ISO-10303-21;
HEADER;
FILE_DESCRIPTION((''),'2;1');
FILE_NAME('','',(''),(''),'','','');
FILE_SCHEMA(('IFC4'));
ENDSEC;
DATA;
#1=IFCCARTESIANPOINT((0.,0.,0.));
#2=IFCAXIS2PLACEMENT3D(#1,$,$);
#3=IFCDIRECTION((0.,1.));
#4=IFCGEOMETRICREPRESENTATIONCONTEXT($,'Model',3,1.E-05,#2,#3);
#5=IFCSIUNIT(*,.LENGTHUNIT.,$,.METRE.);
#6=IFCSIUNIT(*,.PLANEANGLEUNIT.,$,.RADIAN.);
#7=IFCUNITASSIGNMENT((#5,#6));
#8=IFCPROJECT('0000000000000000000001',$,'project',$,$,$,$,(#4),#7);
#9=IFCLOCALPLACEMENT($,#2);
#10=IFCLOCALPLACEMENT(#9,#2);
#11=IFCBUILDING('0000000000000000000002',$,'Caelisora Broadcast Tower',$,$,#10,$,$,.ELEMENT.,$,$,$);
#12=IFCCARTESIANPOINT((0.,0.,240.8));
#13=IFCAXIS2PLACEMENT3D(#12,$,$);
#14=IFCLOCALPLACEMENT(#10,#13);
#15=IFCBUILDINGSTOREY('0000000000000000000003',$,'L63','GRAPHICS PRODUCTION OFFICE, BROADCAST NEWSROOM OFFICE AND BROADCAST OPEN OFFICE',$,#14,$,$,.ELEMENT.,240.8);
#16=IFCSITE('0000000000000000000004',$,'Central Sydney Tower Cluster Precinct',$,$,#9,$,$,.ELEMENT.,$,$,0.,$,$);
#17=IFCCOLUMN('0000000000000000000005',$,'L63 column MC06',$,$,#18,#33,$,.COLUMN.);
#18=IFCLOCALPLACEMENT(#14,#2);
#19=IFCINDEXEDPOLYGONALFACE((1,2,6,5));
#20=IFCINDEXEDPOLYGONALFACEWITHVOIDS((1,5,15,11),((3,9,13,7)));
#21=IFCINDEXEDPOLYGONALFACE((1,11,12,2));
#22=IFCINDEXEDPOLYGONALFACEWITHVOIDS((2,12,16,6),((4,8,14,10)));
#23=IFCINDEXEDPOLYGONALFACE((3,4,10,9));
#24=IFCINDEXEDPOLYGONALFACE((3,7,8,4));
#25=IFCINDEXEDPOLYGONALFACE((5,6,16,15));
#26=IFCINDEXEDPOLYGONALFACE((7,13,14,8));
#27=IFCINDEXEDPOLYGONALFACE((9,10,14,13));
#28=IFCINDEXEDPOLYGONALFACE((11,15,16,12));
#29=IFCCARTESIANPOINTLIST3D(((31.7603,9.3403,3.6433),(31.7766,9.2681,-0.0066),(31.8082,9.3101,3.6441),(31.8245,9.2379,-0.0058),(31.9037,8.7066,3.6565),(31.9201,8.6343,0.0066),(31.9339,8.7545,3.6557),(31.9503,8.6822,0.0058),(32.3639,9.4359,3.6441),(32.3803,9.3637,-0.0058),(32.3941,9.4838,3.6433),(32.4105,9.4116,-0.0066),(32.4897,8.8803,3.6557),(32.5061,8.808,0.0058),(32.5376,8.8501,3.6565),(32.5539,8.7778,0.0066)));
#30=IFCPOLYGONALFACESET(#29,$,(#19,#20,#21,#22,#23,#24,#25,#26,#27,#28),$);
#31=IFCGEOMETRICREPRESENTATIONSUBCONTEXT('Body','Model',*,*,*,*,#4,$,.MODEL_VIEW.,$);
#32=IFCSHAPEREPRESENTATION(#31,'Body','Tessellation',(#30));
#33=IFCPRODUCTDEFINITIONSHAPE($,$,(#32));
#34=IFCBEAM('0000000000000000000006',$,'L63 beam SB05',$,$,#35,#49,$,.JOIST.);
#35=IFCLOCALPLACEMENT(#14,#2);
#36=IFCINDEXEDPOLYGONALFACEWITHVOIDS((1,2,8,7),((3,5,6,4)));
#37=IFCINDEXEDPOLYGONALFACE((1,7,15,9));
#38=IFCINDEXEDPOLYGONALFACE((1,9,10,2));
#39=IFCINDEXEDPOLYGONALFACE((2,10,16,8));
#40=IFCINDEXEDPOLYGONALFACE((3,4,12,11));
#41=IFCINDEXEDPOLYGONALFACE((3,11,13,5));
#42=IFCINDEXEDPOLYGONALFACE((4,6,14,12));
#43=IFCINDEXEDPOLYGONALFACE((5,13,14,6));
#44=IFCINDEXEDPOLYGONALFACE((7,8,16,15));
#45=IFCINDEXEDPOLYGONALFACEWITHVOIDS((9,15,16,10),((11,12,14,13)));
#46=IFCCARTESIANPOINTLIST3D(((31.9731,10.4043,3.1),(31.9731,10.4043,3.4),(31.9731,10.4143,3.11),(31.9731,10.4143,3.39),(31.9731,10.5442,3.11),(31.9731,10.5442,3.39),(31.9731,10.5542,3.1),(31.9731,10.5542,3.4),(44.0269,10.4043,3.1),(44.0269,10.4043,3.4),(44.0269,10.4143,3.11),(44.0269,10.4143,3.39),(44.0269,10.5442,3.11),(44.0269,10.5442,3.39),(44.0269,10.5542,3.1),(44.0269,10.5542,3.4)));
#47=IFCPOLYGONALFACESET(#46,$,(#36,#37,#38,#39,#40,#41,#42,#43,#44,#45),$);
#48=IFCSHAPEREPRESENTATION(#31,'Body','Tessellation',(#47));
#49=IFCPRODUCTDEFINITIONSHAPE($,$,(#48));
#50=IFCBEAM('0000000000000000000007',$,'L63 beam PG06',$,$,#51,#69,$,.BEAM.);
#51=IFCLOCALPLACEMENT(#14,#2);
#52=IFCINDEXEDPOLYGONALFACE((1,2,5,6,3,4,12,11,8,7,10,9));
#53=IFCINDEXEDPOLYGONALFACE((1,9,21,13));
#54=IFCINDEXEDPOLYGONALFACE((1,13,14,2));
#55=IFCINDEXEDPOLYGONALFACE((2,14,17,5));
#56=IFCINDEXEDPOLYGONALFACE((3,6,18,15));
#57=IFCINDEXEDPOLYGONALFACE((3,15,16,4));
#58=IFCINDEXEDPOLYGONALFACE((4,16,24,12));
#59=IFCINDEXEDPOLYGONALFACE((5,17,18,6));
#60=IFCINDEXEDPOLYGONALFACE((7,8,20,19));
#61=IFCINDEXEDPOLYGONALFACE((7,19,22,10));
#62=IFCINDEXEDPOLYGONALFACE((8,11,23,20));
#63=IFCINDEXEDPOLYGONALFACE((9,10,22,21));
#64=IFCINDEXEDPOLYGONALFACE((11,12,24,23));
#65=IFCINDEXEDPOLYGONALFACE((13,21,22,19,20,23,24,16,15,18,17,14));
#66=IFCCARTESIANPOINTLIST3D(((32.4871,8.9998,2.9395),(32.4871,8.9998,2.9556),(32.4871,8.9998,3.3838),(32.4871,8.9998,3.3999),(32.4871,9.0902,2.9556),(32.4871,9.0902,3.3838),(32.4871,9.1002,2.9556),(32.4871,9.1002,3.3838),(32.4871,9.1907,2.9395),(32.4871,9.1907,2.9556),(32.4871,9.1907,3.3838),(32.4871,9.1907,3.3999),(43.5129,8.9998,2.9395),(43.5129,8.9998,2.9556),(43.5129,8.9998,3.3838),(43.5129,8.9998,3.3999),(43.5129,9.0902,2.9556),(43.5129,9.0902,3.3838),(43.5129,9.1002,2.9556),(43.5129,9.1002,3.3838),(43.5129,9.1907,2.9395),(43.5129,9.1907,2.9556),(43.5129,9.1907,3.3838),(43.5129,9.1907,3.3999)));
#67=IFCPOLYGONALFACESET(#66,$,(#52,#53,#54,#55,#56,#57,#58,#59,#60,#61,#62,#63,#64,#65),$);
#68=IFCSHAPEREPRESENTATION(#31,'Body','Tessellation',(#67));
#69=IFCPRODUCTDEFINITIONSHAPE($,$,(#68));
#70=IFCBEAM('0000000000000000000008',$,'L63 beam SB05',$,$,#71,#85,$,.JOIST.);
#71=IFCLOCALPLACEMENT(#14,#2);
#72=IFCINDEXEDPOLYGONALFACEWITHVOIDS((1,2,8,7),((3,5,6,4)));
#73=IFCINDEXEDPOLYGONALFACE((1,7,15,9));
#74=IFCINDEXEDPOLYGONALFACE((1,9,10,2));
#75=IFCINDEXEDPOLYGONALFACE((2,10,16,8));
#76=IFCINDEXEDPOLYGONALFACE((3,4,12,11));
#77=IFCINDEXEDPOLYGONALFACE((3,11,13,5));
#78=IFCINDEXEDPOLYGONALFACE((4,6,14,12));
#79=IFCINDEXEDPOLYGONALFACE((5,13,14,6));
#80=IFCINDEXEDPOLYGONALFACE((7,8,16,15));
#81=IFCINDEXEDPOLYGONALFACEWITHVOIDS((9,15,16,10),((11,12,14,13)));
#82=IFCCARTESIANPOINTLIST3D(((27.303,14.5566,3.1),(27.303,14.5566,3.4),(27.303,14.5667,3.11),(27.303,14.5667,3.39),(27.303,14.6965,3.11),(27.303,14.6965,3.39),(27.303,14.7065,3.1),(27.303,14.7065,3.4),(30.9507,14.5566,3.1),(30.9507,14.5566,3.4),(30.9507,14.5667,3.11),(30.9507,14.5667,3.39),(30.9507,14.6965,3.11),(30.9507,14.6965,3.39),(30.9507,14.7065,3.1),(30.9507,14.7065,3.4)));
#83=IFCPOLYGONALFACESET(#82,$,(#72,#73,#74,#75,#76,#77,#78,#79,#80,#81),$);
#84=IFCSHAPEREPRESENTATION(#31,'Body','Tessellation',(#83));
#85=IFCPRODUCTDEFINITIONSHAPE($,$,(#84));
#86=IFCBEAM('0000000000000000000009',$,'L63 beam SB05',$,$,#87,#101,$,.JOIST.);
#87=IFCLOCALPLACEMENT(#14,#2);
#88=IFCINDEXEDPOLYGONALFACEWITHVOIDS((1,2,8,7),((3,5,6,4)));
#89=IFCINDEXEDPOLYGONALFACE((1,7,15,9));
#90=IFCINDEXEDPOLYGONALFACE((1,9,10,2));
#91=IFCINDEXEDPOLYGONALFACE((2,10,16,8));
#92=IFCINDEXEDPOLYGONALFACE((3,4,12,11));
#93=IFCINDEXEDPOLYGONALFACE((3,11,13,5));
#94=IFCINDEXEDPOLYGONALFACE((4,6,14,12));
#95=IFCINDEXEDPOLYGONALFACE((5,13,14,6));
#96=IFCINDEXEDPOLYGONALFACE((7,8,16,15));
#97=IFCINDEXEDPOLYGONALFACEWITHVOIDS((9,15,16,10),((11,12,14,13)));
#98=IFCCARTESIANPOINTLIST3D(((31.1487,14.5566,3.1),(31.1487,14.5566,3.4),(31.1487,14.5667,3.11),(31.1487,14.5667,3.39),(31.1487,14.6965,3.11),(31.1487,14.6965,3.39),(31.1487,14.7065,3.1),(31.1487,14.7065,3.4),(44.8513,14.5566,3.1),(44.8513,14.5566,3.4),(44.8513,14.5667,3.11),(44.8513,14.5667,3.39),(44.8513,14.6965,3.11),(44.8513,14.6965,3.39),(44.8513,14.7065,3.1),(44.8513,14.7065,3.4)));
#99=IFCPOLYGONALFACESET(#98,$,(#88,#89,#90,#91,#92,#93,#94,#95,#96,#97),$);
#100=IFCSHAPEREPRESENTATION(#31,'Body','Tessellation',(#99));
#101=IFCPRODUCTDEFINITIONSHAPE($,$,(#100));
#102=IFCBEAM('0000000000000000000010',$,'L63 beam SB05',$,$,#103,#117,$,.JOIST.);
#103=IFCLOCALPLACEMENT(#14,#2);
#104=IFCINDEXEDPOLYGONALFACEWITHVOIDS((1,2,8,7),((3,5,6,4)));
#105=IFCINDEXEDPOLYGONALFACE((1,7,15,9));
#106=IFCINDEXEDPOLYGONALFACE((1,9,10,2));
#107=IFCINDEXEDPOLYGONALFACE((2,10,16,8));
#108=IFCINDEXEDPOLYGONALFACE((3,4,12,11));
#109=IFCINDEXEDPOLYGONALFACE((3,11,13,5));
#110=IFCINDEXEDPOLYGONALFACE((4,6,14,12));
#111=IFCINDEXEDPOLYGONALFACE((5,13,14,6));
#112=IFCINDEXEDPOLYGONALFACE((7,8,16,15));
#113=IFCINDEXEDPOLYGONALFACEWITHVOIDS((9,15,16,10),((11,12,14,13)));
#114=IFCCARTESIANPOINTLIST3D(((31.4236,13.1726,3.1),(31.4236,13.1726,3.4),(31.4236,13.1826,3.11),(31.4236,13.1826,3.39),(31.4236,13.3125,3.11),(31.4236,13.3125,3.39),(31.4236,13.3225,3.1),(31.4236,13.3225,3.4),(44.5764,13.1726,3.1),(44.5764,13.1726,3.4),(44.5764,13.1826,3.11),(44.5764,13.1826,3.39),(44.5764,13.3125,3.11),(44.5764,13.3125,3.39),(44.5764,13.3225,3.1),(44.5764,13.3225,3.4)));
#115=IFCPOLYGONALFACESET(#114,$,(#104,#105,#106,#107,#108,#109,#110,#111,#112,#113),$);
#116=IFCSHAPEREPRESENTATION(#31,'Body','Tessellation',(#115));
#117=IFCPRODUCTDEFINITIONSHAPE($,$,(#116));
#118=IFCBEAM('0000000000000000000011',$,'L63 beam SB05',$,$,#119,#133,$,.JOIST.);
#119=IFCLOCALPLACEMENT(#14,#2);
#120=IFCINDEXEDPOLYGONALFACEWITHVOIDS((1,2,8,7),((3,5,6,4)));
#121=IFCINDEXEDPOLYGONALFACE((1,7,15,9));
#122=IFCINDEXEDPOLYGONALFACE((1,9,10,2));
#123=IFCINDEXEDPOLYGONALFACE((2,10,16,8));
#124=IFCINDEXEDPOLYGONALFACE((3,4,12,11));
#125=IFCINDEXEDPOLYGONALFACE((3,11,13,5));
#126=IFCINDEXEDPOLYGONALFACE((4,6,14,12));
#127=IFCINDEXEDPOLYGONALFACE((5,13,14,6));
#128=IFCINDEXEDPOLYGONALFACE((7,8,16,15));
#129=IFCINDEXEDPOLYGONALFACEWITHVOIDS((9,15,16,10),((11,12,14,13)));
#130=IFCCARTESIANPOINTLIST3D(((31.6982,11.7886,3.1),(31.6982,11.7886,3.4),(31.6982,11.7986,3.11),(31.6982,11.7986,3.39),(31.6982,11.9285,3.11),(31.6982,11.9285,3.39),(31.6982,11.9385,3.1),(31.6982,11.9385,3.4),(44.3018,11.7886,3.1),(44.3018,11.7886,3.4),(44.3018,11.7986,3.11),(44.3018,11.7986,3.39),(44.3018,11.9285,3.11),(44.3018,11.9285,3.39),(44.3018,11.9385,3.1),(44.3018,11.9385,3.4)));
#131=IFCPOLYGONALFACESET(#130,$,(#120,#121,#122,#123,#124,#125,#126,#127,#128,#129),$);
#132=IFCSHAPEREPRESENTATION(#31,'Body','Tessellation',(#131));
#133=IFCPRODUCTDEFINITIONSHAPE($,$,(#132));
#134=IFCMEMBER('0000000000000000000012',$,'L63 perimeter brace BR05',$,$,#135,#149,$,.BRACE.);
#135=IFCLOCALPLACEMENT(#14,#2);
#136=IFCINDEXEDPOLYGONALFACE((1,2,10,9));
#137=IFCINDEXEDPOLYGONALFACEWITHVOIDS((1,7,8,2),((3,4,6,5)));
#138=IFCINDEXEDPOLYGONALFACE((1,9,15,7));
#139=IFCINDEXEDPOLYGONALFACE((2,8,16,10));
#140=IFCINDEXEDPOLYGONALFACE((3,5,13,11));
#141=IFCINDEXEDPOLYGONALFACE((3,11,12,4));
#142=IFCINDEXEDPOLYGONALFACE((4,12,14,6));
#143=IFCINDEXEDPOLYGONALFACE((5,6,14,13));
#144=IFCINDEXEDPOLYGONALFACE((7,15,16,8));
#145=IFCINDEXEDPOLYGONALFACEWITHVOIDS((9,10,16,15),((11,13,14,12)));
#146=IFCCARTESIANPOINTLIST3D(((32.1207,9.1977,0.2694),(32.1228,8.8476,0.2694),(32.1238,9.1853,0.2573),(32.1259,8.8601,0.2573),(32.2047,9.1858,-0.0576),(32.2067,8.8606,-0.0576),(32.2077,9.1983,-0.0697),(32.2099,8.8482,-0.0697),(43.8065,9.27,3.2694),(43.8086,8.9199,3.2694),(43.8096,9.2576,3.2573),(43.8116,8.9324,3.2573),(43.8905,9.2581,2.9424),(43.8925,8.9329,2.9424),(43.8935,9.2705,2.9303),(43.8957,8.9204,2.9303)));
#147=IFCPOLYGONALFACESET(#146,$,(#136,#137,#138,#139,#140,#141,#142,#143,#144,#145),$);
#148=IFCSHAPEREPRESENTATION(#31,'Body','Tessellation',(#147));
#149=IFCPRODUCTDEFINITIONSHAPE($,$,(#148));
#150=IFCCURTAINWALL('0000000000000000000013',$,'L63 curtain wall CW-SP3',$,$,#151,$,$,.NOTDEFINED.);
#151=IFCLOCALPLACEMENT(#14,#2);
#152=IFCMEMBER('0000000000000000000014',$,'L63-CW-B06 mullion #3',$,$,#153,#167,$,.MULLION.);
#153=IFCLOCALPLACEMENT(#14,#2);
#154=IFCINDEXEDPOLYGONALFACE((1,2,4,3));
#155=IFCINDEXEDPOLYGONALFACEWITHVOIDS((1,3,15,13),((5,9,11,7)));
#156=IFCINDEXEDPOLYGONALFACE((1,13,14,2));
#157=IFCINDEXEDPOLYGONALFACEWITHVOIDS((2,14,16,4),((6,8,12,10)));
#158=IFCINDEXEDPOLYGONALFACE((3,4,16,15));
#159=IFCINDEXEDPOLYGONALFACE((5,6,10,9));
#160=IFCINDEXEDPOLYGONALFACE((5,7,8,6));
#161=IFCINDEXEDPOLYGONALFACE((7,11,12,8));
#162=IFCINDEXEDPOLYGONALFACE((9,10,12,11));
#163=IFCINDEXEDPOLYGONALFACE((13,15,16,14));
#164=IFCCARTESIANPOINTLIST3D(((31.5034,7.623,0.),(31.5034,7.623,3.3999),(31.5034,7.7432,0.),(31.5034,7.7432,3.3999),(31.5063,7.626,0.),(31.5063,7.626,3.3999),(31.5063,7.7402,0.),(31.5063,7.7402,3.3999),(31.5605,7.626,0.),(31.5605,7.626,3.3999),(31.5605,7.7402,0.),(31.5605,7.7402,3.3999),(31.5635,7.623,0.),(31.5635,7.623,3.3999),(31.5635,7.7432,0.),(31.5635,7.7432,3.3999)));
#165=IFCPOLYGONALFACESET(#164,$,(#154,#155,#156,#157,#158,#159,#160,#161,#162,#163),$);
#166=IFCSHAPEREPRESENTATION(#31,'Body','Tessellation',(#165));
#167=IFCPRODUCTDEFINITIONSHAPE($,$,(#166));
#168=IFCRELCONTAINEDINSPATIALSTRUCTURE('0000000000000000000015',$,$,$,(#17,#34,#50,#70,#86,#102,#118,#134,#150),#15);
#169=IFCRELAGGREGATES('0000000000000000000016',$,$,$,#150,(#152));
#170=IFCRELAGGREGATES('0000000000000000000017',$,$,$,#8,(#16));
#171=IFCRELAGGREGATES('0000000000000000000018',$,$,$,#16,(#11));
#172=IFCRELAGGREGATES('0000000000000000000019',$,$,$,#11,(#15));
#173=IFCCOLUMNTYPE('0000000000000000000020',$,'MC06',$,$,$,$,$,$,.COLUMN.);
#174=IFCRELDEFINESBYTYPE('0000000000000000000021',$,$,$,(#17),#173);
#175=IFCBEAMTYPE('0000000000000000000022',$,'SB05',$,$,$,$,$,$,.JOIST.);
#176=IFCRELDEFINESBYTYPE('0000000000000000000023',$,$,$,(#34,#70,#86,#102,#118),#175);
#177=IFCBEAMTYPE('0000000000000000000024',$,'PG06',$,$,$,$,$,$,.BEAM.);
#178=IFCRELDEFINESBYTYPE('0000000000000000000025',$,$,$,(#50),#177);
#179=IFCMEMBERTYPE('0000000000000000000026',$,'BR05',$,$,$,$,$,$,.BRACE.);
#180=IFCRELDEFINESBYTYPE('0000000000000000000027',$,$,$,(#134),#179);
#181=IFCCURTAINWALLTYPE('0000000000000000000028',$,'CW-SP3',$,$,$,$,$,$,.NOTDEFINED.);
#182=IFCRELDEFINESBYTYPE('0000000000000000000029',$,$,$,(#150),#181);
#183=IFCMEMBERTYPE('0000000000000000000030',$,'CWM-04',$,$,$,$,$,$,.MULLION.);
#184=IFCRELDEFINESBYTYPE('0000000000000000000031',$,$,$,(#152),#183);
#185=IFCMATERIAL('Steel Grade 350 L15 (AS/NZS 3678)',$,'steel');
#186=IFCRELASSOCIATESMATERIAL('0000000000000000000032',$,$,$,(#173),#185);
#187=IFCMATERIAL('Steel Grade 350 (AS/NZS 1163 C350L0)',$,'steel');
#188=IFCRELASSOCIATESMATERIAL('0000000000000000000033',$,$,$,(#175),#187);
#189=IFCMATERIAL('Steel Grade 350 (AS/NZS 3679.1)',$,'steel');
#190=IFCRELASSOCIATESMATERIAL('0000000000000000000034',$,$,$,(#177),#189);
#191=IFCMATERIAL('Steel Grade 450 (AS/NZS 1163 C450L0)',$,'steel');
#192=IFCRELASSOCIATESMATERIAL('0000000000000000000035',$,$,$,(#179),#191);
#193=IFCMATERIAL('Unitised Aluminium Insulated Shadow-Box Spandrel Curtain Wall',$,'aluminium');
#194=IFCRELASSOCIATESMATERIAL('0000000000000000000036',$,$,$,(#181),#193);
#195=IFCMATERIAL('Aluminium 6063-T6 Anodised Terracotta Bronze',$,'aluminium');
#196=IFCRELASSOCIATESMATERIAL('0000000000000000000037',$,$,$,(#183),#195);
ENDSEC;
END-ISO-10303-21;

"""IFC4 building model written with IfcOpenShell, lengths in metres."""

from ifc_helpers import new_model, si_unit, direction, frame, origin, origin_2d, place, context, subcontext, project, spatial, hollow_rectangle, i_section, extrude, source, transform, mapped, material, material_profile, profile_set, type_object, type_shapes, element, aggregate, save


model = new_model("IFC4")

# Units and contexts
model_context = context("Model", 3, precision=1e-05, world=origin(), true_north=direction((0.0, 1.0)))
body_context = subcontext(model_context, "Body", "Model", "MODEL_VIEW")
ifc_project = project(units=[si_unit("LENGTHUNIT", "METRE"), si_unit("PLANEANGLEUNIT", "RADIAN")], contexts=[model_context])

# Site, building, storey
site_placement = place(None, origin())
site = spatial("IfcSite", under=ifc_project, at=site_placement, Name="Central Sydney Tower Cluster Precinct", CompositionType="ELEMENT", RefElevation=0.0)
building_placement = place(site_placement, origin())
building = spatial("IfcBuilding", under=site, at=building_placement, Name="Caelisora Broadcast Tower", CompositionType="ELEMENT")
storey_placement = place(building_placement, frame((0.0, 0.0, 240.8)))
storey = spatial("IfcBuildingStorey", under=building, at=storey_placement, Name="L63", Description="GRAPHICS PRODUCTION OFFICE, BROADCAST NEWSROOM OFFICE AND BROADCAST OPEN OFFICE", CompositionType="ELEMENT", Elevation=240.8)

# Column
ifc_material_1 = material(Name="Steel Grade 350 L15 (AS/NZS 3678)", Category="steel")
ifc_material_profile_1 = material_profile(ifc_material_1, hollow_rectangle(XDim=0.6499, YDim=0.6499, WallThickness=0.04, at=origin_2d()), Name="Steel Grade 350 L15 (AS/NZS 3678)")
ifc_profile_set_1 = profile_set([ifc_material_profile_1], Name="Steel Grade 350 L15 (AS/NZS 3678)")
column_type = type_object("IfcColumnType", Name="MC06", PredefinedType="COLUMN", material=ifc_profile_set_1)
shared_shape_1 = source(origin(), body_context, "Body", "SweptSolid", [
    extrude(hollow_rectangle(XDim=0.6499, YDim=0.6499, WallThickness=0.04, at=origin_2d()), origin(), (0.0, 0.0, 1.0), 3.6506),
])
type_shapes(column_type, [shared_shape_1])
column_placement = place(storey_placement, frame((32.1653, 9.0229, 0.0), z_axis=(-0.004481, 0.019795, 0.999794), x_axis=(-0.975327, -0.220767, 0.0)))
element("IfcColumn", 1, at=column_placement, inside=storey, type_object=column_type, Name="L63 column MC06", PredefinedType="COLUMN", context=body_context, shape_type="MappedRepresentation", body=[
    mapped(shared_shape_1, transform((0.0, 0.0, 0.0), scale=1.0)),
])

# Beams
ifc_material_2 = material(Name="Steel Grade 350 (AS/NZS 1163 C350L0)", Category="steel")
ifc_material_profile_2 = material_profile(ifc_material_2, hollow_rectangle(XDim=0.1499, YDim=0.3, WallThickness=0.01, at=origin_2d()), Name="Steel Grade 350 (AS/NZS 1163 C350L0)")
ifc_profile_set_2 = profile_set([ifc_material_profile_2], Name="Steel Grade 350 (AS/NZS 1163 C350L0)")
beam_type_1 = type_object("IfcBeamType", Name="SB05", PredefinedType="JOIST", material=ifc_profile_set_2)
shared_shape_2 = source(origin(), body_context, "Body", "SweptSolid", [
    extrude(hollow_rectangle(XDim=0.1499, YDim=0.3, WallThickness=0.01, at=origin_2d()), origin(), (0.0, 0.0, 1.0), 12.0537),
])
beam_1_placement = place(storey_placement, frame((31.9731, 10.4792, 3.25), z_axis=(1.0, 0.0, 0.0), x_axis=(0.0, 1.0, 0.0)))
element("IfcBeam", 2, at=beam_1_placement, inside=storey, type_object=beam_type_1, Name="L63 beam SB05", PredefinedType="JOIST", context=body_context, shape_type="MappedRepresentation", body=[
    mapped(shared_shape_2, transform((0.0, 0.0, 0.0), scale=1.0)),
])
ifc_material_3 = material(Name="Steel Grade 350 (AS/NZS 3679.1)", Category="steel")
ifc_material_profile_3 = material_profile(ifc_material_3, i_section(OverallWidth=0.1909, OverallDepth=0.4604, WebThickness=0.01, FlangeThickness=0.0161, at=origin_2d()), Name="Steel Grade 350 (AS/NZS 3679.1)")
ifc_profile_set_3 = profile_set([ifc_material_profile_3], Name="Steel Grade 350 (AS/NZS 3679.1)")
beam_type_2 = type_object("IfcBeamType", Name="PG06", PredefinedType="BEAM", material=ifc_profile_set_3)
shared_shape_3 = source(origin(), body_context, "Body", "SweptSolid", [
    extrude(i_section(OverallWidth=0.1909, OverallDepth=0.4604, WebThickness=0.01, FlangeThickness=0.0161, at=origin_2d()), origin(), (0.0, 0.0, 1.0), 11.0259),
])
type_shapes(beam_type_2, [shared_shape_3])
beam_2_placement = place(storey_placement, frame((32.4871, 9.0952, 3.1697), z_axis=(1.0, 0.0, 0.0), x_axis=(0.0, 1.0, 0.0)))
element("IfcBeam", 3, at=beam_2_placement, inside=storey, type_object=beam_type_2, Name="L63 beam PG06", PredefinedType="BEAM", context=body_context, shape_type="MappedRepresentation", body=[
    mapped(shared_shape_3, transform((0.0, 0.0, 0.0), scale=1.0)),
])
shared_shape_4 = source(origin(), body_context, "Body", "SweptSolid", [
    extrude(hollow_rectangle(XDim=0.1499, YDim=0.3, WallThickness=0.01, at=origin_2d()), origin(), (0.0, 0.0, 1.0), 3.6477),
])
beam_3_placement = place(storey_placement, frame((27.303, 14.6316, 3.25), z_axis=(1.0, 0.0, 0.0), x_axis=(0.0, 1.0, 0.0)))
element("IfcBeam", 4, at=beam_3_placement, inside=storey, type_object=beam_type_1, Name="L63 beam SB05", PredefinedType="JOIST", context=body_context, shape_type="MappedRepresentation", body=[
    mapped(shared_shape_4, transform((0.0, 0.0, 0.0), scale=1.0)),
])
shared_shape_5 = source(origin(), body_context, "Body", "SweptSolid", [
    extrude(hollow_rectangle(XDim=0.1499, YDim=0.3, WallThickness=0.01, at=origin_2d()), origin(), (0.0, 0.0, 1.0), 13.7026),
])
beam_4_placement = place(storey_placement, frame((31.1487, 14.6316, 3.25), z_axis=(1.0, 0.0, 0.0), x_axis=(0.0, 1.0, 0.0)))
element("IfcBeam", 5, at=beam_4_placement, inside=storey, type_object=beam_type_1, Name="L63 beam SB05", PredefinedType="JOIST", context=body_context, shape_type="MappedRepresentation", body=[
    mapped(shared_shape_5, transform((0.0, 0.0, 0.0), scale=1.0)),
])
shared_shape_6 = source(origin(), body_context, "Body", "SweptSolid", [
    extrude(hollow_rectangle(XDim=0.1499, YDim=0.3, WallThickness=0.01, at=origin_2d()), origin(), (0.0, 0.0, 1.0), 13.1528),
])
beam_5_placement = place(storey_placement, frame((31.4236, 13.2476, 3.25), z_axis=(1.0, 0.0, 0.0), x_axis=(0.0, 1.0, 0.0)))
element("IfcBeam", 6, at=beam_5_placement, inside=storey, type_object=beam_type_1, Name="L63 beam SB05", PredefinedType="JOIST", context=body_context, shape_type="MappedRepresentation", body=[
    mapped(shared_shape_6, transform((0.0, 0.0, 0.0), scale=1.0)),
])
shared_shape_7 = source(origin(), body_context, "Body", "SweptSolid", [
    extrude(hollow_rectangle(XDim=0.1499, YDim=0.3, WallThickness=0.01, at=origin_2d()), origin(), (0.0, 0.0, 1.0), 12.6035),
])
type_shapes(beam_type_1, [shared_shape_2, shared_shape_4, shared_shape_5, shared_shape_6, shared_shape_7])
beam_6_placement = place(storey_placement, frame((31.6982, 11.8635, 3.25), z_axis=(1.0, 0.0, 0.0), x_axis=(0.0, 1.0, 0.0)))
element("IfcBeam", 7, at=beam_6_placement, inside=storey, type_object=beam_type_1, Name="L63 beam SB05", PredefinedType="JOIST", context=body_context, shape_type="MappedRepresentation", body=[
    mapped(shared_shape_7, transform((0.0, 0.0, 0.0), scale=1.0)),
])

# Member
ifc_material_4 = material(Name="Steel Grade 450 (AS/NZS 1163 C450L0)", Category="steel")
ifc_material_profile_4 = material_profile(ifc_material_4, hollow_rectangle(XDim=0.3501, YDim=0.3501, WallThickness=0.0125, at=origin_2d()), Name="Steel Grade 450 (AS/NZS 1163 C450L0)")
ifc_profile_set_4 = profile_set([ifc_material_profile_4], Name="Steel Grade 450 (AS/NZS 1163 C450L0)")
member_type_1 = type_object("IfcMemberType", Name="BR05", PredefinedType="BRACE", material=ifc_profile_set_4)
shared_shape_8 = source(origin(), body_context, "Body", "SweptSolid", [
    extrude(hollow_rectangle(XDim=0.3501, YDim=0.3501, WallThickness=0.0125, at=origin_2d()), origin(), (0.0, 0.0, 1.0), 12.0649),
])
type_shapes(member_type_1, [shared_shape_8])
member_1_placement = place(storey_placement, frame((32.1653, 9.0229, 0.0999), z_axis=(0.968574, 0.00599, 0.248654), x_axis=(-0.006184, 0.999981, 0.0)))
element("IfcMember", 8, at=member_1_placement, inside=storey, type_object=member_type_1, Name="L63 perimeter brace BR05", PredefinedType="BRACE", context=body_context, shape_type="MappedRepresentation", body=[
    mapped(shared_shape_8, transform((0.0, 0.0, 0.0), scale=1.0)),
])

# Curtain wall, member
ifc_material_5 = material(Name="Unitised Aluminium Insulated Shadow-Box Spandrel Curtain Wall", Category="aluminium")
curtain_wall_type_1 = type_object("IfcCurtainWallType", Name="CW-SP3", PredefinedType="NOTDEFINED", material=ifc_material_5)
curtain_wall_1_placement = place(storey_placement, origin())
curtain_wall_1 = element("IfcCurtainWall", 9, at=curtain_wall_1_placement, inside=storey, type_object=curtain_wall_type_1, Name="L63 curtain wall CW-SP3", PredefinedType="NOTDEFINED")
ifc_material_6 = material(Name="Aluminium 6063-T6 Anodised Terracotta Bronze", Category="aluminium")
ifc_material_profile_5 = material_profile(ifc_material_6, hollow_rectangle(XDim=0.0601, YDim=0.1201, WallThickness=0.0029, at=origin_2d()), Name="Aluminium 6063-T6 Anodised Terracotta Bronze")
ifc_profile_set_5 = profile_set([ifc_material_profile_5], Name="Aluminium 6063-T6 Anodised Terracotta Bronze")
member_type_2 = type_object("IfcMemberType", Name="CWM-04", PredefinedType="MULLION", material=ifc_profile_set_5)
shared_shape_9 = source(origin(), body_context, "Body", "SweptSolid", [
    extrude(hollow_rectangle(XDim=0.0601, YDim=0.1201, WallThickness=0.0029, at=origin_2d()), origin(), (0.0, 0.0, 1.0), 3.3999),
])
type_shapes(member_type_2, [shared_shape_9])
member_2_placement = place(storey_placement, frame((31.5334, 7.6831, 0.0), z_axis=(0.0, 0.0, 1.0), x_axis=(1.0, 0.0, 0.0)))
member_2 = element("IfcMember", 10, at=member_2_placement, type_object=member_type_2, Name="L63-CW-B06 mullion #3", PredefinedType="MULLION", context=body_context, shape_type="MappedRepresentation", body=[
    mapped(shared_shape_9, transform((0.0, 0.0, 0.0), scale=1.0)),
])

aggregate(curtain_wall_1, [member_2])

save(model, "model.ifc")
